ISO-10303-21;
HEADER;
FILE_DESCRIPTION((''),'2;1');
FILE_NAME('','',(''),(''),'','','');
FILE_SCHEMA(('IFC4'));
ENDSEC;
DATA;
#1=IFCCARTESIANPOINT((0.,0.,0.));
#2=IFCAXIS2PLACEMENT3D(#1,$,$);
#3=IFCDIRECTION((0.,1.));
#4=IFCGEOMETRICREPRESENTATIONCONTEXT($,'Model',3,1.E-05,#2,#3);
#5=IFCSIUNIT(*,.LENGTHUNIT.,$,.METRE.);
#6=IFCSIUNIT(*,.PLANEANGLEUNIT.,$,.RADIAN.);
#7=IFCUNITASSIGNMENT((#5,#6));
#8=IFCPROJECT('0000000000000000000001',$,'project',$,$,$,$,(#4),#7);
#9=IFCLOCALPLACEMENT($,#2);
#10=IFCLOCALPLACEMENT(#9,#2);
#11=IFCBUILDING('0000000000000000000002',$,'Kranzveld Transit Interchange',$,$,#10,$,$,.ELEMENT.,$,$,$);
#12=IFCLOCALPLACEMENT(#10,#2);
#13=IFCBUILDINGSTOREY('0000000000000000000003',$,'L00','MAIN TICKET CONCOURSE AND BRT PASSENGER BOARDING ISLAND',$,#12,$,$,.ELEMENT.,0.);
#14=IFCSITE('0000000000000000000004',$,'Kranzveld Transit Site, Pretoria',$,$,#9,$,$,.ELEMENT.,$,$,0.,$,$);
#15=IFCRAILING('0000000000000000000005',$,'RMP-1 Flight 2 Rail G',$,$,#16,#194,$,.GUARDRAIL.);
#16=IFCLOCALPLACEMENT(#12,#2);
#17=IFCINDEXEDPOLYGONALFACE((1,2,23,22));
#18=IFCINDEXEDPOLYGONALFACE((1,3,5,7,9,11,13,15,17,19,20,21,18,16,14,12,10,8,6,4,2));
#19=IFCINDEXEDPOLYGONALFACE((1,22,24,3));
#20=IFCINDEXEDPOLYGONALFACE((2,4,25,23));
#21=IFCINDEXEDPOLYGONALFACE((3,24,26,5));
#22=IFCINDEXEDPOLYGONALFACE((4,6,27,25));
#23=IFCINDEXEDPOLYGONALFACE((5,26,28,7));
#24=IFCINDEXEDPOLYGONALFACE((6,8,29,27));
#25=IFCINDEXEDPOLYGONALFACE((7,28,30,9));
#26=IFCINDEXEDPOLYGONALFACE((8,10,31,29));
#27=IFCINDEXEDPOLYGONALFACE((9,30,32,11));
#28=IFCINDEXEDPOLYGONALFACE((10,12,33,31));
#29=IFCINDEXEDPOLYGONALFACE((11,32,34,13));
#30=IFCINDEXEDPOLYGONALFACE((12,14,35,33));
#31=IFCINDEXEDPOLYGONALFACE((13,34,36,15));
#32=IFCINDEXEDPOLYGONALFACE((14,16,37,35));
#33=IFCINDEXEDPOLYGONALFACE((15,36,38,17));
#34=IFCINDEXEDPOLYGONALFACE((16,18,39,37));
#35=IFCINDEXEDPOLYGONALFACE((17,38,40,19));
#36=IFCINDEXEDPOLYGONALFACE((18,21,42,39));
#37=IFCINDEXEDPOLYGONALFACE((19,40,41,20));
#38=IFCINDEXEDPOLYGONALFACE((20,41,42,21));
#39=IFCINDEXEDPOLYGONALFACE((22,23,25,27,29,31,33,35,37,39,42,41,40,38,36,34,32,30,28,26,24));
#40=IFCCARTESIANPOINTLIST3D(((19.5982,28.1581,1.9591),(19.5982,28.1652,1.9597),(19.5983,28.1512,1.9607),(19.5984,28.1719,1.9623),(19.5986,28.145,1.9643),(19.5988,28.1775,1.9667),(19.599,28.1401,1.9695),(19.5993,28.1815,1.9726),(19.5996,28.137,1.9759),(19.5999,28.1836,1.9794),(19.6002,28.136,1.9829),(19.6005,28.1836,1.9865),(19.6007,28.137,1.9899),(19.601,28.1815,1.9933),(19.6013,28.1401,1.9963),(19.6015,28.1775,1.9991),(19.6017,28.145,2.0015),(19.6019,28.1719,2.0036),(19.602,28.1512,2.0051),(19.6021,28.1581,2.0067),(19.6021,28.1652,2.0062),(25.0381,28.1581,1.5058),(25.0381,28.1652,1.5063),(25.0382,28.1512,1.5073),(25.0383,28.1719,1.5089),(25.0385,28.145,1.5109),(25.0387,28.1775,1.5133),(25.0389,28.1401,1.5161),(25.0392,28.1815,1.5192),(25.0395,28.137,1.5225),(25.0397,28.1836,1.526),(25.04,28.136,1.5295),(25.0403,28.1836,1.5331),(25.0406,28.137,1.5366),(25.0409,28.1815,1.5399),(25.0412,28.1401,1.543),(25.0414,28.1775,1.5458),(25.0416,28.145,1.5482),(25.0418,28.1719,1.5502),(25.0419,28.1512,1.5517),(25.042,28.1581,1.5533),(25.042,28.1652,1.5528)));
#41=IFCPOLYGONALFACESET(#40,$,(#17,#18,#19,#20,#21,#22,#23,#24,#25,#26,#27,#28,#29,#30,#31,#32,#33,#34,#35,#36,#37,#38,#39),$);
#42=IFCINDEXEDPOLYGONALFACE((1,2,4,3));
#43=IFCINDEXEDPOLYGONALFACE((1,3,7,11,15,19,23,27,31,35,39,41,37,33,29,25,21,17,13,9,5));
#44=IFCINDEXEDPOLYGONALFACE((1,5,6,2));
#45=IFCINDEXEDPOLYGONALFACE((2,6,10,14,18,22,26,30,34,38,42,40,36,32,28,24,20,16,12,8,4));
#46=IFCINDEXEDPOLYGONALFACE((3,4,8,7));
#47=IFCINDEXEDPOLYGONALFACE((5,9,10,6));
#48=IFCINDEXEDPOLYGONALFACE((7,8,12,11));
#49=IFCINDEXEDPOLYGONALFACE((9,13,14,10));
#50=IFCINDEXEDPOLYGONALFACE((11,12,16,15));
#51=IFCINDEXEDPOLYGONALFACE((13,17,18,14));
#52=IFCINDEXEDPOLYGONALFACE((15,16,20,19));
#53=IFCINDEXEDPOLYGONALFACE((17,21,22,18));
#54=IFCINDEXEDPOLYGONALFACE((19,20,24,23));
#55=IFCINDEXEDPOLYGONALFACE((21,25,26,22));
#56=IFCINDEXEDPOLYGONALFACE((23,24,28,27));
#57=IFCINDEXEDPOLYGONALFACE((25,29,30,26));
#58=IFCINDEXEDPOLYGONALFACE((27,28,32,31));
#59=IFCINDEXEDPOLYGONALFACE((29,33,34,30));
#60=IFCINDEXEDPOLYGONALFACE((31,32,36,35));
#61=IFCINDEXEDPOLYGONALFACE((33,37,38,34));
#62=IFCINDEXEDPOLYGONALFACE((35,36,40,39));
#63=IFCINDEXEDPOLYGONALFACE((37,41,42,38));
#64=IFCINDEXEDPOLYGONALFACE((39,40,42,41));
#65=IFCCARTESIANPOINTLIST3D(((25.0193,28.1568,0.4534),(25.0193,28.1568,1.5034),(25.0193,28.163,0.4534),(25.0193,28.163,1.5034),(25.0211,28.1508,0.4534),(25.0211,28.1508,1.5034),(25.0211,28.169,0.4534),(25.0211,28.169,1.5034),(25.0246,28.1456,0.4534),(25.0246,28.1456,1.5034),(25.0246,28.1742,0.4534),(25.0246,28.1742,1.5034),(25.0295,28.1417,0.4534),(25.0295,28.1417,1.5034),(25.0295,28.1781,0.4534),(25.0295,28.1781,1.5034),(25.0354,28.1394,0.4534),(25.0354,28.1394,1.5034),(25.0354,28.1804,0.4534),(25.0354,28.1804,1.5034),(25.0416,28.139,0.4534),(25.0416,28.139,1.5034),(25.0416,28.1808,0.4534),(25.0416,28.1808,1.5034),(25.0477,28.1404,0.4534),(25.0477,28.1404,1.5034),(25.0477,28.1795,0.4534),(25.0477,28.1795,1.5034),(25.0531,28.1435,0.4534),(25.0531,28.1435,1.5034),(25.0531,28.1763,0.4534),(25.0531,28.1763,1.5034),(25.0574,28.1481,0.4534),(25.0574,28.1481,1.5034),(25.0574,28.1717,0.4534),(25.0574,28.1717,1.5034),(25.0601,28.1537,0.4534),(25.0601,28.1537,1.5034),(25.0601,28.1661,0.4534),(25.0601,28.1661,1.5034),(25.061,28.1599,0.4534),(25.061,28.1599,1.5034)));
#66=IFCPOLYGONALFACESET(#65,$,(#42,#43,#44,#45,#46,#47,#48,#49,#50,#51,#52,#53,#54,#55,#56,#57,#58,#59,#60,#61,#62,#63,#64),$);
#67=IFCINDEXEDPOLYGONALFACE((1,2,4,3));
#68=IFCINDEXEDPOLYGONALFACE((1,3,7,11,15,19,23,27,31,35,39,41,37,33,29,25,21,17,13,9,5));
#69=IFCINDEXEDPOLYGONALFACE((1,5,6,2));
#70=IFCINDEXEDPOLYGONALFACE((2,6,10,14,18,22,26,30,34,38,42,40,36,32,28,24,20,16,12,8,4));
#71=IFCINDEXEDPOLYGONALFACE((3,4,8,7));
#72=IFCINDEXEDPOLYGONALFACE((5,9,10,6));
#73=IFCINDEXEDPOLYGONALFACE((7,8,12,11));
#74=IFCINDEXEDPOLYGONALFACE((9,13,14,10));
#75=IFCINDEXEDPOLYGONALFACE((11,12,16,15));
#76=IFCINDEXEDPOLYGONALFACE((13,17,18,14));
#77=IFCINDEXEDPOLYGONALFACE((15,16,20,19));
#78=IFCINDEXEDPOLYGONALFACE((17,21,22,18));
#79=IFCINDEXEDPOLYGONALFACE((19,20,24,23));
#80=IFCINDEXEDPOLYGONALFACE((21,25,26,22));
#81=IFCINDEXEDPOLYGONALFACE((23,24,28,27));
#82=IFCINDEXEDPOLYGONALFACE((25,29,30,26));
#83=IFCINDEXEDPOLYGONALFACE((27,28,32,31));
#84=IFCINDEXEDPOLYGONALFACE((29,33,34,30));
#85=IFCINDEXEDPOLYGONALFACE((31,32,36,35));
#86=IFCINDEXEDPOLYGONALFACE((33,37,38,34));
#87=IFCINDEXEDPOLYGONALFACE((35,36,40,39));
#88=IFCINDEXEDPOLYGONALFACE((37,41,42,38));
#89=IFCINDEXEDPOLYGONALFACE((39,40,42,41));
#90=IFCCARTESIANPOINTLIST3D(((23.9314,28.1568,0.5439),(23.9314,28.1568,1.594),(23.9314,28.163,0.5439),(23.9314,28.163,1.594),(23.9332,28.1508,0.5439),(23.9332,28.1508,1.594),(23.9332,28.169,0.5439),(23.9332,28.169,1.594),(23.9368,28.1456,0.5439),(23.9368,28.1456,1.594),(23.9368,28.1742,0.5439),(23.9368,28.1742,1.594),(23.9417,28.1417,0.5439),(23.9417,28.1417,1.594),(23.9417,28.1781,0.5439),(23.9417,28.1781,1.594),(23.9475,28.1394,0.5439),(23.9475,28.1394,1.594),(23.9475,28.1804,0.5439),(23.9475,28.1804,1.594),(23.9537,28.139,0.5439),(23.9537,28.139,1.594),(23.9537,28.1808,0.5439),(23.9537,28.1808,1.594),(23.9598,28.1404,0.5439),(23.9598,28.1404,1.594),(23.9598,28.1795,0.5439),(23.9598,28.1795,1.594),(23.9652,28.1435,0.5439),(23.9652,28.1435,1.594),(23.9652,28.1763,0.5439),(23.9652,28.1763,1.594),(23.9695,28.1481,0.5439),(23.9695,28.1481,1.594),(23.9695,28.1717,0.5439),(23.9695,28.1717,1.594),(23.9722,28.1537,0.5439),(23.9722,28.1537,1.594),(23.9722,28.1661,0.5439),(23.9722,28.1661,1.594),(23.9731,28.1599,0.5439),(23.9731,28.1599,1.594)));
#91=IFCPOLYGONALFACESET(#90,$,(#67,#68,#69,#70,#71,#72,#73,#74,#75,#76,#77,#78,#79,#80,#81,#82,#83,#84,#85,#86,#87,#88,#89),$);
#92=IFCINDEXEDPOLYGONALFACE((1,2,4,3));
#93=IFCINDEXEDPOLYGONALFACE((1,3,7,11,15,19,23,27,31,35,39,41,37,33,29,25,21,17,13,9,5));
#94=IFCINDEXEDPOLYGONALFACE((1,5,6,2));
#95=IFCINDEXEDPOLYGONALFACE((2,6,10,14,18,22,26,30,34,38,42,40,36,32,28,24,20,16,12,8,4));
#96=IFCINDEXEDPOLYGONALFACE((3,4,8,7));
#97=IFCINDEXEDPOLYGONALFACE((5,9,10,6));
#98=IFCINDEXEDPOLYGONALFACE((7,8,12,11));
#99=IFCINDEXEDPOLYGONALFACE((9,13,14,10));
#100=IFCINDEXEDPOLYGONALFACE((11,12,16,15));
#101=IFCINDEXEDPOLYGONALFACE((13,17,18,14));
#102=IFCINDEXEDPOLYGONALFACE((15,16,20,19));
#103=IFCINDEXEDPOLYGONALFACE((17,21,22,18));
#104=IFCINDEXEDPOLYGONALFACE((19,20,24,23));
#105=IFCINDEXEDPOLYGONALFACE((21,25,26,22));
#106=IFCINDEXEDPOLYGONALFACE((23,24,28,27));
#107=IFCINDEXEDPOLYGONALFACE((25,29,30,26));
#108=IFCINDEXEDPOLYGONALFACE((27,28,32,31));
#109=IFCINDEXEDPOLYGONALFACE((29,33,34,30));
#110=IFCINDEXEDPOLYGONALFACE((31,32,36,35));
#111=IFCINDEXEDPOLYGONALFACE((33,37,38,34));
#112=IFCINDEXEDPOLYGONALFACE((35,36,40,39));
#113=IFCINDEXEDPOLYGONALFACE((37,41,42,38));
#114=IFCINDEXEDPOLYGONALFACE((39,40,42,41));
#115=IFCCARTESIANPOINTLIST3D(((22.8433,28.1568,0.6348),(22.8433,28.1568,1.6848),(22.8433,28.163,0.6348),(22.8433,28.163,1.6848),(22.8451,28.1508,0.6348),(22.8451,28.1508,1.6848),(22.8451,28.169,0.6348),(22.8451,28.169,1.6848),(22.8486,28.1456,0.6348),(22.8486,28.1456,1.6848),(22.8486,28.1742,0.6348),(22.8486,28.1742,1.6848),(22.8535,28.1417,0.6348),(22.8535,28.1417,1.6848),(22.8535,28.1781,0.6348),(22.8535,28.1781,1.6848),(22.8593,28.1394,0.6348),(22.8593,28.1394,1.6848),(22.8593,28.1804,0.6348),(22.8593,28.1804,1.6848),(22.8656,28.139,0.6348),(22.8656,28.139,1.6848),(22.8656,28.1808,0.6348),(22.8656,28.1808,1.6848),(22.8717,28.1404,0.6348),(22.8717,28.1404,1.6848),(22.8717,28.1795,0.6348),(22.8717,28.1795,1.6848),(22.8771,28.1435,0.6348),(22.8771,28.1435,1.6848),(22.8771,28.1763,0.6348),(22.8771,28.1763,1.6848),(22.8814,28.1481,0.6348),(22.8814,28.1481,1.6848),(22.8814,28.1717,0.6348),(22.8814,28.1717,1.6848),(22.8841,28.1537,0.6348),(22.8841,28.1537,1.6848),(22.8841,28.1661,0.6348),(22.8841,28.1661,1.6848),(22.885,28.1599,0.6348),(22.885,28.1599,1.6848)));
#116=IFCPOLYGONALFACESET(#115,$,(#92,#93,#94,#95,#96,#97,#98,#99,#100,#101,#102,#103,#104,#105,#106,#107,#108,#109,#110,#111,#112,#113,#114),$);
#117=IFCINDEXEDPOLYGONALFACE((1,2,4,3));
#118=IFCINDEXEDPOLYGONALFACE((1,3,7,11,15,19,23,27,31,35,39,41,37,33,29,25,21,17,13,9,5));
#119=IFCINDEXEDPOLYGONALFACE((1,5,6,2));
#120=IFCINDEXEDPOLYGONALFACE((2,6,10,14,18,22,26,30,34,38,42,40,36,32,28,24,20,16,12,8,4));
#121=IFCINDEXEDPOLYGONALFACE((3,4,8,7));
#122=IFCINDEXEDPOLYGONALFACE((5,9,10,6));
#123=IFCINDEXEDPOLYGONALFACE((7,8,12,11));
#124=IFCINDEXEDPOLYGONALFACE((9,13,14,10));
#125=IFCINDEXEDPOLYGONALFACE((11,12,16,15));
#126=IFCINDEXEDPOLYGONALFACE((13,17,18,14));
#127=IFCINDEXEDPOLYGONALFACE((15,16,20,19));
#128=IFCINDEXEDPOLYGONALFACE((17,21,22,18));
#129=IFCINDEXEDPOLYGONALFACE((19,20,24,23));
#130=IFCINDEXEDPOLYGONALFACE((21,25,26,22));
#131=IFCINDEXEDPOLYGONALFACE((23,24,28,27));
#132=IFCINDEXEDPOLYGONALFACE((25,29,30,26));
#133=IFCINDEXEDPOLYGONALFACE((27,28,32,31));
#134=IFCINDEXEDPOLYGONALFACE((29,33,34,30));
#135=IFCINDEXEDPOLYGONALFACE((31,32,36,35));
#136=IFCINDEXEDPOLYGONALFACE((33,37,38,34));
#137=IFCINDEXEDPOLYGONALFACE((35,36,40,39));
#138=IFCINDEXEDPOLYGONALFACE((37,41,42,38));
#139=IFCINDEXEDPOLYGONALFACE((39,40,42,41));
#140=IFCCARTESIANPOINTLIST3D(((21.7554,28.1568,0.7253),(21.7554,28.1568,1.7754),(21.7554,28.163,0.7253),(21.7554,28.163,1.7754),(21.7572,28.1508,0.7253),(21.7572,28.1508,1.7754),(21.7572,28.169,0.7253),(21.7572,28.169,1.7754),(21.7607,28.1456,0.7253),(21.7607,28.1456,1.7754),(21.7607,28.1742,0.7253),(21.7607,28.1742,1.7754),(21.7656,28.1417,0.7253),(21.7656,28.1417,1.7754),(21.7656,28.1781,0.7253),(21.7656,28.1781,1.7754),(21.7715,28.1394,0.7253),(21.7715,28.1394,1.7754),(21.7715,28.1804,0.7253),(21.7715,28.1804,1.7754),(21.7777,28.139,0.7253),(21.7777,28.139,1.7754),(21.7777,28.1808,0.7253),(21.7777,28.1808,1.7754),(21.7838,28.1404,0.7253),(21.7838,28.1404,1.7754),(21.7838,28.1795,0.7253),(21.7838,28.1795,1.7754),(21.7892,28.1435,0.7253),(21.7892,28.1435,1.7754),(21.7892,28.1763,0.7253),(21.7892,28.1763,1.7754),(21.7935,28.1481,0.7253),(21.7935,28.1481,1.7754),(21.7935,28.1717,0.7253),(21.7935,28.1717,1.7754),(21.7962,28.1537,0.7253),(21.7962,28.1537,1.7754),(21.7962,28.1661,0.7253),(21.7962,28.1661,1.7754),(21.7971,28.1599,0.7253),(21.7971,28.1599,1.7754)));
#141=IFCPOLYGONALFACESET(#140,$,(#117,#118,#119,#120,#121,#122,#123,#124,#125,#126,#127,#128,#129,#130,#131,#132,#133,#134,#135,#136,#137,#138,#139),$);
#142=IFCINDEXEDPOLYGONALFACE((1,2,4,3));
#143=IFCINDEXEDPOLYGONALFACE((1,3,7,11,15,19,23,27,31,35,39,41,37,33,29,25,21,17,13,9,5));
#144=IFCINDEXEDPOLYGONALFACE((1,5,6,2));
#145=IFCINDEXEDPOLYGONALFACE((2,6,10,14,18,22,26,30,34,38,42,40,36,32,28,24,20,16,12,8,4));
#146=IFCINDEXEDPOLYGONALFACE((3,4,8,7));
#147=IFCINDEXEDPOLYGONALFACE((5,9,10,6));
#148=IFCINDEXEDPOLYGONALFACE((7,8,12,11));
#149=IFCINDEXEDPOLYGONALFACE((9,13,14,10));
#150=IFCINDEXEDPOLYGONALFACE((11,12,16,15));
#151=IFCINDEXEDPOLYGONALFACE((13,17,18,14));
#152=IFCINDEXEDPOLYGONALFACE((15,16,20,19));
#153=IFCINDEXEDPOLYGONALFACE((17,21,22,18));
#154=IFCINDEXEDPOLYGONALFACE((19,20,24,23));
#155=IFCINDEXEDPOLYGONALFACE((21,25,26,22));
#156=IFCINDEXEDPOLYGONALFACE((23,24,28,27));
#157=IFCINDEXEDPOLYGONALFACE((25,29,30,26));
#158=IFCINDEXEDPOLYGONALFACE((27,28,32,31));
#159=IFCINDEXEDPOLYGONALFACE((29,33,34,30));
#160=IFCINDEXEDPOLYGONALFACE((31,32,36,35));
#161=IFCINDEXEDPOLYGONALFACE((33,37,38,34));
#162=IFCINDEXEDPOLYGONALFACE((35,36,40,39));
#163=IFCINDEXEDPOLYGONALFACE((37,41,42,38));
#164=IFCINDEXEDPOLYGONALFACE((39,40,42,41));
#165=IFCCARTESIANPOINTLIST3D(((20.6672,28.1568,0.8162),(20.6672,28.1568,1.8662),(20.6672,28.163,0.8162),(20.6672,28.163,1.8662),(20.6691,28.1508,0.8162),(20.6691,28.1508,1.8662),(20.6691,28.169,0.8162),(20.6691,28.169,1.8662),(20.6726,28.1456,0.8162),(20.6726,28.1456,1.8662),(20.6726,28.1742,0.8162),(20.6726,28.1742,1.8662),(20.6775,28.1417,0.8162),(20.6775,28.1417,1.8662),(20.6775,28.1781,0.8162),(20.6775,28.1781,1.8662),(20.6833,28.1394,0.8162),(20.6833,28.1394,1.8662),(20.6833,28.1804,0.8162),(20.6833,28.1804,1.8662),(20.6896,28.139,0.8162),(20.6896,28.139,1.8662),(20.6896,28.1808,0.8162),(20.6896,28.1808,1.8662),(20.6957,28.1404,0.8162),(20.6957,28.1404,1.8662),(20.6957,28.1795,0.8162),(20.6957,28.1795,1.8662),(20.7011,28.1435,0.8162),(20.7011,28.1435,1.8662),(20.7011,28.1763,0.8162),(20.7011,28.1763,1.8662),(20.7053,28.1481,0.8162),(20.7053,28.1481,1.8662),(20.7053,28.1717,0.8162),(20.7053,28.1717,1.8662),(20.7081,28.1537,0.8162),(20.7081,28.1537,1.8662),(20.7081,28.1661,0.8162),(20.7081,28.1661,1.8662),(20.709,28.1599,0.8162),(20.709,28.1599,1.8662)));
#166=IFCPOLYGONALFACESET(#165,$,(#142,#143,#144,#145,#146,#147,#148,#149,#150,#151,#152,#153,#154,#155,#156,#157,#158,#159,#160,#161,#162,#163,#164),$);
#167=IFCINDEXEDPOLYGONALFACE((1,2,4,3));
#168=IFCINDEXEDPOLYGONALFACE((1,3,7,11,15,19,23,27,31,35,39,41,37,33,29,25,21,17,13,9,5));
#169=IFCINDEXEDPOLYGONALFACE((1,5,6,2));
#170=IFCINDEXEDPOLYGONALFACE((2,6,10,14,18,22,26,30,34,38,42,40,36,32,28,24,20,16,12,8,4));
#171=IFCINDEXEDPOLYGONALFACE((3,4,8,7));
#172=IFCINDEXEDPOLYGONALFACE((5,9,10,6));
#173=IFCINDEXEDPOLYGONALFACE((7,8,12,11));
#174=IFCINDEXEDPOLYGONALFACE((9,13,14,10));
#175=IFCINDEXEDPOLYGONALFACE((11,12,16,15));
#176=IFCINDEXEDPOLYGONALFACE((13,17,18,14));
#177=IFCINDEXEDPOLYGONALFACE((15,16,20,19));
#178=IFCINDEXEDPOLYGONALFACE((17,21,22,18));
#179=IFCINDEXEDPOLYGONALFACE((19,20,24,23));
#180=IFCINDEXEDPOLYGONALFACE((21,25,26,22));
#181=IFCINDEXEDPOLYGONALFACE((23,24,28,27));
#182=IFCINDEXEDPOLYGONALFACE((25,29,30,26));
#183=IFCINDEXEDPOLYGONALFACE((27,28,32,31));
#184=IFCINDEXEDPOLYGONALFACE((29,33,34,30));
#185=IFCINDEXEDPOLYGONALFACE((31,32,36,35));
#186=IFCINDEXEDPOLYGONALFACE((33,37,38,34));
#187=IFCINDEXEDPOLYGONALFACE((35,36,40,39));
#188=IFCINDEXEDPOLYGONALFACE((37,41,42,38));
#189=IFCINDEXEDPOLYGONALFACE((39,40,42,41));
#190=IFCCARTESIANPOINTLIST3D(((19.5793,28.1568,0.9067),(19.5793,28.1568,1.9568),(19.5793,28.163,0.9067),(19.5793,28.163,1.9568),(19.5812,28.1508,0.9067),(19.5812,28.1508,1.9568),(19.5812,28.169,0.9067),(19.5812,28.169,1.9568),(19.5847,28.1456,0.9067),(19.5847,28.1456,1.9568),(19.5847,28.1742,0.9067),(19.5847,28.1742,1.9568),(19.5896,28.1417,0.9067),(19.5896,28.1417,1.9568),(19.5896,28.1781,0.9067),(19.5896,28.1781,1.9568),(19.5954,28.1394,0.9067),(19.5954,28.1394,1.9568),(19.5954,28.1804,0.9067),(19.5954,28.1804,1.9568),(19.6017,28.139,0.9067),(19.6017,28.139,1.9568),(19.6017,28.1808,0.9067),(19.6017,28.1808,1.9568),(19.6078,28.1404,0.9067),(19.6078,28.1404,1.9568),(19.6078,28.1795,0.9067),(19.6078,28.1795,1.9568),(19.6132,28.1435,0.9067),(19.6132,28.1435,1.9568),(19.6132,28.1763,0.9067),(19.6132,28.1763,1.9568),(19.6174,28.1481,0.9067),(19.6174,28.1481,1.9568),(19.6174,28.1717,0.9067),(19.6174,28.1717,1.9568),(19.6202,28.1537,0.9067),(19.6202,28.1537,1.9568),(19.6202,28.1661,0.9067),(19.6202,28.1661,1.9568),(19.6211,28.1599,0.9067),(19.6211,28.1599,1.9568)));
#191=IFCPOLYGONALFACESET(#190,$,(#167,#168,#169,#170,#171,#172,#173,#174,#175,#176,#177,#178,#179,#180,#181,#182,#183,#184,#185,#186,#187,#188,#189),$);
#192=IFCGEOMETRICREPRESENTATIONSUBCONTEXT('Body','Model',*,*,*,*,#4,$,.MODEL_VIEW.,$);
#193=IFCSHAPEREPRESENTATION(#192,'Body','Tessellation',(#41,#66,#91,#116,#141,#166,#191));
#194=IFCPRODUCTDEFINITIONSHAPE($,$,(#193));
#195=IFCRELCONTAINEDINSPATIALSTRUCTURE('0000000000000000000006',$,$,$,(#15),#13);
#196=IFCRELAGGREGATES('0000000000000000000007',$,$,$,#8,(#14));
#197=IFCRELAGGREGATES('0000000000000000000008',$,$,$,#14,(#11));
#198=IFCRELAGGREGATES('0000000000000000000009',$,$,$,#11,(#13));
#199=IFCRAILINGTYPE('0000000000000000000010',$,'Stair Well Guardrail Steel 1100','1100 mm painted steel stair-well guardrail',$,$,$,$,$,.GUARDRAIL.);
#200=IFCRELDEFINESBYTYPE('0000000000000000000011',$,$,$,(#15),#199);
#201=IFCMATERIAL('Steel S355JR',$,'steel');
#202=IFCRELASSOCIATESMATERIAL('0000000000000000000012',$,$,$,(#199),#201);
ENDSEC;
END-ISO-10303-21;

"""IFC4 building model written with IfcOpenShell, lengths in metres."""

from ifc_helpers import new_model, si_unit, direction, frame, origin, origin_2d, place, context, subcontext, project, spatial, circle, extrude, material, type_object, element, save


model = new_model("IFC4")

# Units and contexts
model_context = context("Model", 3, precision=1e-05, world=origin(), true_north=direction((0.0, 1.0)))
body_context = subcontext(model_context, "Body", "Model", "MODEL_VIEW")
ifc_project = project(units=[si_unit("LENGTHUNIT", "METRE"), si_unit("PLANEANGLEUNIT", "RADIAN")], contexts=[model_context])

# Site, building, storey
site_placement = place(None, origin())
site = spatial("IfcSite", under=ifc_project, at=site_placement, Name="Kranzveld Transit Site, Pretoria", CompositionType="ELEMENT", RefElevation=0.0)
building_placement = place(site_placement, origin())
building = spatial("IfcBuilding", under=site, at=building_placement, Name="Kranzveld Transit Interchange", CompositionType="ELEMENT")
storey_placement = place(building_placement, origin())
storey = spatial("IfcBuildingStorey", under=building, at=storey_placement, Name="L00", Description="MAIN TICKET CONCOURSE AND BRT PASSENGER BOARDING ISLAND", CompositionType="ELEMENT", Elevation=0.0)

# Railing
ifc_material_1 = material(Name="Steel S355JR", Category="steel")
railing_type_1 = type_object("IfcRailingType", Name="Stair Well Guardrail Steel 1100", Description="1100 mm painted steel stair-well guardrail", PredefinedType="GUARDRAIL", material=ifc_material_1)
railing_1_placement = place(storey_placement, frame((25.04, 28.1599, 0.4534)))
element("IfcRailing", 1, at=railing_1_placement, inside=storey, type_object=railing_type_1, Name="RMP-1 Flight 2 Rail G", PredefinedType="GUARDRAIL", context=body_context, shape_type="SweptSolid", body=[
    extrude(circle(Radius=0.0239, at=origin_2d()), frame((0.0, 0.0, 1.0762), z_axis=(-0.996545, 0.0, 0.083053), x_axis=(0.0, -1.0, 0.0)), (0.0, 0.0, 1.0), 5.4587),
    extrude(circle(Radius=0.021, at=origin_2d()), origin(), (0.0, 0.0, 1.0), 1.05),
    extrude(circle(Radius=0.021, at=origin_2d()), frame((-1.0879, 0.0, 0.0906)), (0.0, 0.0, 1.0), 1.05),
    extrude(circle(Radius=0.021, at=origin_2d()), frame((-2.176, 0.0, 0.1814)), (0.0, 0.0, 1.0), 1.05),
    extrude(circle(Radius=0.021, at=origin_2d()), frame((-3.2639, 0.0, 0.272)), (0.0, 0.0, 1.0), 1.05),
    extrude(circle(Radius=0.021, at=origin_2d()), frame((-4.3521, 0.0, 0.3628)), (0.0, 0.0, 1.0), 1.05),
    extrude(circle(Radius=0.021, at=origin_2d()), frame((-5.4399, 0.0, 0.4534)), (0.0, 0.0, 1.0), 1.05),
])

save(model, "model.ifc")
